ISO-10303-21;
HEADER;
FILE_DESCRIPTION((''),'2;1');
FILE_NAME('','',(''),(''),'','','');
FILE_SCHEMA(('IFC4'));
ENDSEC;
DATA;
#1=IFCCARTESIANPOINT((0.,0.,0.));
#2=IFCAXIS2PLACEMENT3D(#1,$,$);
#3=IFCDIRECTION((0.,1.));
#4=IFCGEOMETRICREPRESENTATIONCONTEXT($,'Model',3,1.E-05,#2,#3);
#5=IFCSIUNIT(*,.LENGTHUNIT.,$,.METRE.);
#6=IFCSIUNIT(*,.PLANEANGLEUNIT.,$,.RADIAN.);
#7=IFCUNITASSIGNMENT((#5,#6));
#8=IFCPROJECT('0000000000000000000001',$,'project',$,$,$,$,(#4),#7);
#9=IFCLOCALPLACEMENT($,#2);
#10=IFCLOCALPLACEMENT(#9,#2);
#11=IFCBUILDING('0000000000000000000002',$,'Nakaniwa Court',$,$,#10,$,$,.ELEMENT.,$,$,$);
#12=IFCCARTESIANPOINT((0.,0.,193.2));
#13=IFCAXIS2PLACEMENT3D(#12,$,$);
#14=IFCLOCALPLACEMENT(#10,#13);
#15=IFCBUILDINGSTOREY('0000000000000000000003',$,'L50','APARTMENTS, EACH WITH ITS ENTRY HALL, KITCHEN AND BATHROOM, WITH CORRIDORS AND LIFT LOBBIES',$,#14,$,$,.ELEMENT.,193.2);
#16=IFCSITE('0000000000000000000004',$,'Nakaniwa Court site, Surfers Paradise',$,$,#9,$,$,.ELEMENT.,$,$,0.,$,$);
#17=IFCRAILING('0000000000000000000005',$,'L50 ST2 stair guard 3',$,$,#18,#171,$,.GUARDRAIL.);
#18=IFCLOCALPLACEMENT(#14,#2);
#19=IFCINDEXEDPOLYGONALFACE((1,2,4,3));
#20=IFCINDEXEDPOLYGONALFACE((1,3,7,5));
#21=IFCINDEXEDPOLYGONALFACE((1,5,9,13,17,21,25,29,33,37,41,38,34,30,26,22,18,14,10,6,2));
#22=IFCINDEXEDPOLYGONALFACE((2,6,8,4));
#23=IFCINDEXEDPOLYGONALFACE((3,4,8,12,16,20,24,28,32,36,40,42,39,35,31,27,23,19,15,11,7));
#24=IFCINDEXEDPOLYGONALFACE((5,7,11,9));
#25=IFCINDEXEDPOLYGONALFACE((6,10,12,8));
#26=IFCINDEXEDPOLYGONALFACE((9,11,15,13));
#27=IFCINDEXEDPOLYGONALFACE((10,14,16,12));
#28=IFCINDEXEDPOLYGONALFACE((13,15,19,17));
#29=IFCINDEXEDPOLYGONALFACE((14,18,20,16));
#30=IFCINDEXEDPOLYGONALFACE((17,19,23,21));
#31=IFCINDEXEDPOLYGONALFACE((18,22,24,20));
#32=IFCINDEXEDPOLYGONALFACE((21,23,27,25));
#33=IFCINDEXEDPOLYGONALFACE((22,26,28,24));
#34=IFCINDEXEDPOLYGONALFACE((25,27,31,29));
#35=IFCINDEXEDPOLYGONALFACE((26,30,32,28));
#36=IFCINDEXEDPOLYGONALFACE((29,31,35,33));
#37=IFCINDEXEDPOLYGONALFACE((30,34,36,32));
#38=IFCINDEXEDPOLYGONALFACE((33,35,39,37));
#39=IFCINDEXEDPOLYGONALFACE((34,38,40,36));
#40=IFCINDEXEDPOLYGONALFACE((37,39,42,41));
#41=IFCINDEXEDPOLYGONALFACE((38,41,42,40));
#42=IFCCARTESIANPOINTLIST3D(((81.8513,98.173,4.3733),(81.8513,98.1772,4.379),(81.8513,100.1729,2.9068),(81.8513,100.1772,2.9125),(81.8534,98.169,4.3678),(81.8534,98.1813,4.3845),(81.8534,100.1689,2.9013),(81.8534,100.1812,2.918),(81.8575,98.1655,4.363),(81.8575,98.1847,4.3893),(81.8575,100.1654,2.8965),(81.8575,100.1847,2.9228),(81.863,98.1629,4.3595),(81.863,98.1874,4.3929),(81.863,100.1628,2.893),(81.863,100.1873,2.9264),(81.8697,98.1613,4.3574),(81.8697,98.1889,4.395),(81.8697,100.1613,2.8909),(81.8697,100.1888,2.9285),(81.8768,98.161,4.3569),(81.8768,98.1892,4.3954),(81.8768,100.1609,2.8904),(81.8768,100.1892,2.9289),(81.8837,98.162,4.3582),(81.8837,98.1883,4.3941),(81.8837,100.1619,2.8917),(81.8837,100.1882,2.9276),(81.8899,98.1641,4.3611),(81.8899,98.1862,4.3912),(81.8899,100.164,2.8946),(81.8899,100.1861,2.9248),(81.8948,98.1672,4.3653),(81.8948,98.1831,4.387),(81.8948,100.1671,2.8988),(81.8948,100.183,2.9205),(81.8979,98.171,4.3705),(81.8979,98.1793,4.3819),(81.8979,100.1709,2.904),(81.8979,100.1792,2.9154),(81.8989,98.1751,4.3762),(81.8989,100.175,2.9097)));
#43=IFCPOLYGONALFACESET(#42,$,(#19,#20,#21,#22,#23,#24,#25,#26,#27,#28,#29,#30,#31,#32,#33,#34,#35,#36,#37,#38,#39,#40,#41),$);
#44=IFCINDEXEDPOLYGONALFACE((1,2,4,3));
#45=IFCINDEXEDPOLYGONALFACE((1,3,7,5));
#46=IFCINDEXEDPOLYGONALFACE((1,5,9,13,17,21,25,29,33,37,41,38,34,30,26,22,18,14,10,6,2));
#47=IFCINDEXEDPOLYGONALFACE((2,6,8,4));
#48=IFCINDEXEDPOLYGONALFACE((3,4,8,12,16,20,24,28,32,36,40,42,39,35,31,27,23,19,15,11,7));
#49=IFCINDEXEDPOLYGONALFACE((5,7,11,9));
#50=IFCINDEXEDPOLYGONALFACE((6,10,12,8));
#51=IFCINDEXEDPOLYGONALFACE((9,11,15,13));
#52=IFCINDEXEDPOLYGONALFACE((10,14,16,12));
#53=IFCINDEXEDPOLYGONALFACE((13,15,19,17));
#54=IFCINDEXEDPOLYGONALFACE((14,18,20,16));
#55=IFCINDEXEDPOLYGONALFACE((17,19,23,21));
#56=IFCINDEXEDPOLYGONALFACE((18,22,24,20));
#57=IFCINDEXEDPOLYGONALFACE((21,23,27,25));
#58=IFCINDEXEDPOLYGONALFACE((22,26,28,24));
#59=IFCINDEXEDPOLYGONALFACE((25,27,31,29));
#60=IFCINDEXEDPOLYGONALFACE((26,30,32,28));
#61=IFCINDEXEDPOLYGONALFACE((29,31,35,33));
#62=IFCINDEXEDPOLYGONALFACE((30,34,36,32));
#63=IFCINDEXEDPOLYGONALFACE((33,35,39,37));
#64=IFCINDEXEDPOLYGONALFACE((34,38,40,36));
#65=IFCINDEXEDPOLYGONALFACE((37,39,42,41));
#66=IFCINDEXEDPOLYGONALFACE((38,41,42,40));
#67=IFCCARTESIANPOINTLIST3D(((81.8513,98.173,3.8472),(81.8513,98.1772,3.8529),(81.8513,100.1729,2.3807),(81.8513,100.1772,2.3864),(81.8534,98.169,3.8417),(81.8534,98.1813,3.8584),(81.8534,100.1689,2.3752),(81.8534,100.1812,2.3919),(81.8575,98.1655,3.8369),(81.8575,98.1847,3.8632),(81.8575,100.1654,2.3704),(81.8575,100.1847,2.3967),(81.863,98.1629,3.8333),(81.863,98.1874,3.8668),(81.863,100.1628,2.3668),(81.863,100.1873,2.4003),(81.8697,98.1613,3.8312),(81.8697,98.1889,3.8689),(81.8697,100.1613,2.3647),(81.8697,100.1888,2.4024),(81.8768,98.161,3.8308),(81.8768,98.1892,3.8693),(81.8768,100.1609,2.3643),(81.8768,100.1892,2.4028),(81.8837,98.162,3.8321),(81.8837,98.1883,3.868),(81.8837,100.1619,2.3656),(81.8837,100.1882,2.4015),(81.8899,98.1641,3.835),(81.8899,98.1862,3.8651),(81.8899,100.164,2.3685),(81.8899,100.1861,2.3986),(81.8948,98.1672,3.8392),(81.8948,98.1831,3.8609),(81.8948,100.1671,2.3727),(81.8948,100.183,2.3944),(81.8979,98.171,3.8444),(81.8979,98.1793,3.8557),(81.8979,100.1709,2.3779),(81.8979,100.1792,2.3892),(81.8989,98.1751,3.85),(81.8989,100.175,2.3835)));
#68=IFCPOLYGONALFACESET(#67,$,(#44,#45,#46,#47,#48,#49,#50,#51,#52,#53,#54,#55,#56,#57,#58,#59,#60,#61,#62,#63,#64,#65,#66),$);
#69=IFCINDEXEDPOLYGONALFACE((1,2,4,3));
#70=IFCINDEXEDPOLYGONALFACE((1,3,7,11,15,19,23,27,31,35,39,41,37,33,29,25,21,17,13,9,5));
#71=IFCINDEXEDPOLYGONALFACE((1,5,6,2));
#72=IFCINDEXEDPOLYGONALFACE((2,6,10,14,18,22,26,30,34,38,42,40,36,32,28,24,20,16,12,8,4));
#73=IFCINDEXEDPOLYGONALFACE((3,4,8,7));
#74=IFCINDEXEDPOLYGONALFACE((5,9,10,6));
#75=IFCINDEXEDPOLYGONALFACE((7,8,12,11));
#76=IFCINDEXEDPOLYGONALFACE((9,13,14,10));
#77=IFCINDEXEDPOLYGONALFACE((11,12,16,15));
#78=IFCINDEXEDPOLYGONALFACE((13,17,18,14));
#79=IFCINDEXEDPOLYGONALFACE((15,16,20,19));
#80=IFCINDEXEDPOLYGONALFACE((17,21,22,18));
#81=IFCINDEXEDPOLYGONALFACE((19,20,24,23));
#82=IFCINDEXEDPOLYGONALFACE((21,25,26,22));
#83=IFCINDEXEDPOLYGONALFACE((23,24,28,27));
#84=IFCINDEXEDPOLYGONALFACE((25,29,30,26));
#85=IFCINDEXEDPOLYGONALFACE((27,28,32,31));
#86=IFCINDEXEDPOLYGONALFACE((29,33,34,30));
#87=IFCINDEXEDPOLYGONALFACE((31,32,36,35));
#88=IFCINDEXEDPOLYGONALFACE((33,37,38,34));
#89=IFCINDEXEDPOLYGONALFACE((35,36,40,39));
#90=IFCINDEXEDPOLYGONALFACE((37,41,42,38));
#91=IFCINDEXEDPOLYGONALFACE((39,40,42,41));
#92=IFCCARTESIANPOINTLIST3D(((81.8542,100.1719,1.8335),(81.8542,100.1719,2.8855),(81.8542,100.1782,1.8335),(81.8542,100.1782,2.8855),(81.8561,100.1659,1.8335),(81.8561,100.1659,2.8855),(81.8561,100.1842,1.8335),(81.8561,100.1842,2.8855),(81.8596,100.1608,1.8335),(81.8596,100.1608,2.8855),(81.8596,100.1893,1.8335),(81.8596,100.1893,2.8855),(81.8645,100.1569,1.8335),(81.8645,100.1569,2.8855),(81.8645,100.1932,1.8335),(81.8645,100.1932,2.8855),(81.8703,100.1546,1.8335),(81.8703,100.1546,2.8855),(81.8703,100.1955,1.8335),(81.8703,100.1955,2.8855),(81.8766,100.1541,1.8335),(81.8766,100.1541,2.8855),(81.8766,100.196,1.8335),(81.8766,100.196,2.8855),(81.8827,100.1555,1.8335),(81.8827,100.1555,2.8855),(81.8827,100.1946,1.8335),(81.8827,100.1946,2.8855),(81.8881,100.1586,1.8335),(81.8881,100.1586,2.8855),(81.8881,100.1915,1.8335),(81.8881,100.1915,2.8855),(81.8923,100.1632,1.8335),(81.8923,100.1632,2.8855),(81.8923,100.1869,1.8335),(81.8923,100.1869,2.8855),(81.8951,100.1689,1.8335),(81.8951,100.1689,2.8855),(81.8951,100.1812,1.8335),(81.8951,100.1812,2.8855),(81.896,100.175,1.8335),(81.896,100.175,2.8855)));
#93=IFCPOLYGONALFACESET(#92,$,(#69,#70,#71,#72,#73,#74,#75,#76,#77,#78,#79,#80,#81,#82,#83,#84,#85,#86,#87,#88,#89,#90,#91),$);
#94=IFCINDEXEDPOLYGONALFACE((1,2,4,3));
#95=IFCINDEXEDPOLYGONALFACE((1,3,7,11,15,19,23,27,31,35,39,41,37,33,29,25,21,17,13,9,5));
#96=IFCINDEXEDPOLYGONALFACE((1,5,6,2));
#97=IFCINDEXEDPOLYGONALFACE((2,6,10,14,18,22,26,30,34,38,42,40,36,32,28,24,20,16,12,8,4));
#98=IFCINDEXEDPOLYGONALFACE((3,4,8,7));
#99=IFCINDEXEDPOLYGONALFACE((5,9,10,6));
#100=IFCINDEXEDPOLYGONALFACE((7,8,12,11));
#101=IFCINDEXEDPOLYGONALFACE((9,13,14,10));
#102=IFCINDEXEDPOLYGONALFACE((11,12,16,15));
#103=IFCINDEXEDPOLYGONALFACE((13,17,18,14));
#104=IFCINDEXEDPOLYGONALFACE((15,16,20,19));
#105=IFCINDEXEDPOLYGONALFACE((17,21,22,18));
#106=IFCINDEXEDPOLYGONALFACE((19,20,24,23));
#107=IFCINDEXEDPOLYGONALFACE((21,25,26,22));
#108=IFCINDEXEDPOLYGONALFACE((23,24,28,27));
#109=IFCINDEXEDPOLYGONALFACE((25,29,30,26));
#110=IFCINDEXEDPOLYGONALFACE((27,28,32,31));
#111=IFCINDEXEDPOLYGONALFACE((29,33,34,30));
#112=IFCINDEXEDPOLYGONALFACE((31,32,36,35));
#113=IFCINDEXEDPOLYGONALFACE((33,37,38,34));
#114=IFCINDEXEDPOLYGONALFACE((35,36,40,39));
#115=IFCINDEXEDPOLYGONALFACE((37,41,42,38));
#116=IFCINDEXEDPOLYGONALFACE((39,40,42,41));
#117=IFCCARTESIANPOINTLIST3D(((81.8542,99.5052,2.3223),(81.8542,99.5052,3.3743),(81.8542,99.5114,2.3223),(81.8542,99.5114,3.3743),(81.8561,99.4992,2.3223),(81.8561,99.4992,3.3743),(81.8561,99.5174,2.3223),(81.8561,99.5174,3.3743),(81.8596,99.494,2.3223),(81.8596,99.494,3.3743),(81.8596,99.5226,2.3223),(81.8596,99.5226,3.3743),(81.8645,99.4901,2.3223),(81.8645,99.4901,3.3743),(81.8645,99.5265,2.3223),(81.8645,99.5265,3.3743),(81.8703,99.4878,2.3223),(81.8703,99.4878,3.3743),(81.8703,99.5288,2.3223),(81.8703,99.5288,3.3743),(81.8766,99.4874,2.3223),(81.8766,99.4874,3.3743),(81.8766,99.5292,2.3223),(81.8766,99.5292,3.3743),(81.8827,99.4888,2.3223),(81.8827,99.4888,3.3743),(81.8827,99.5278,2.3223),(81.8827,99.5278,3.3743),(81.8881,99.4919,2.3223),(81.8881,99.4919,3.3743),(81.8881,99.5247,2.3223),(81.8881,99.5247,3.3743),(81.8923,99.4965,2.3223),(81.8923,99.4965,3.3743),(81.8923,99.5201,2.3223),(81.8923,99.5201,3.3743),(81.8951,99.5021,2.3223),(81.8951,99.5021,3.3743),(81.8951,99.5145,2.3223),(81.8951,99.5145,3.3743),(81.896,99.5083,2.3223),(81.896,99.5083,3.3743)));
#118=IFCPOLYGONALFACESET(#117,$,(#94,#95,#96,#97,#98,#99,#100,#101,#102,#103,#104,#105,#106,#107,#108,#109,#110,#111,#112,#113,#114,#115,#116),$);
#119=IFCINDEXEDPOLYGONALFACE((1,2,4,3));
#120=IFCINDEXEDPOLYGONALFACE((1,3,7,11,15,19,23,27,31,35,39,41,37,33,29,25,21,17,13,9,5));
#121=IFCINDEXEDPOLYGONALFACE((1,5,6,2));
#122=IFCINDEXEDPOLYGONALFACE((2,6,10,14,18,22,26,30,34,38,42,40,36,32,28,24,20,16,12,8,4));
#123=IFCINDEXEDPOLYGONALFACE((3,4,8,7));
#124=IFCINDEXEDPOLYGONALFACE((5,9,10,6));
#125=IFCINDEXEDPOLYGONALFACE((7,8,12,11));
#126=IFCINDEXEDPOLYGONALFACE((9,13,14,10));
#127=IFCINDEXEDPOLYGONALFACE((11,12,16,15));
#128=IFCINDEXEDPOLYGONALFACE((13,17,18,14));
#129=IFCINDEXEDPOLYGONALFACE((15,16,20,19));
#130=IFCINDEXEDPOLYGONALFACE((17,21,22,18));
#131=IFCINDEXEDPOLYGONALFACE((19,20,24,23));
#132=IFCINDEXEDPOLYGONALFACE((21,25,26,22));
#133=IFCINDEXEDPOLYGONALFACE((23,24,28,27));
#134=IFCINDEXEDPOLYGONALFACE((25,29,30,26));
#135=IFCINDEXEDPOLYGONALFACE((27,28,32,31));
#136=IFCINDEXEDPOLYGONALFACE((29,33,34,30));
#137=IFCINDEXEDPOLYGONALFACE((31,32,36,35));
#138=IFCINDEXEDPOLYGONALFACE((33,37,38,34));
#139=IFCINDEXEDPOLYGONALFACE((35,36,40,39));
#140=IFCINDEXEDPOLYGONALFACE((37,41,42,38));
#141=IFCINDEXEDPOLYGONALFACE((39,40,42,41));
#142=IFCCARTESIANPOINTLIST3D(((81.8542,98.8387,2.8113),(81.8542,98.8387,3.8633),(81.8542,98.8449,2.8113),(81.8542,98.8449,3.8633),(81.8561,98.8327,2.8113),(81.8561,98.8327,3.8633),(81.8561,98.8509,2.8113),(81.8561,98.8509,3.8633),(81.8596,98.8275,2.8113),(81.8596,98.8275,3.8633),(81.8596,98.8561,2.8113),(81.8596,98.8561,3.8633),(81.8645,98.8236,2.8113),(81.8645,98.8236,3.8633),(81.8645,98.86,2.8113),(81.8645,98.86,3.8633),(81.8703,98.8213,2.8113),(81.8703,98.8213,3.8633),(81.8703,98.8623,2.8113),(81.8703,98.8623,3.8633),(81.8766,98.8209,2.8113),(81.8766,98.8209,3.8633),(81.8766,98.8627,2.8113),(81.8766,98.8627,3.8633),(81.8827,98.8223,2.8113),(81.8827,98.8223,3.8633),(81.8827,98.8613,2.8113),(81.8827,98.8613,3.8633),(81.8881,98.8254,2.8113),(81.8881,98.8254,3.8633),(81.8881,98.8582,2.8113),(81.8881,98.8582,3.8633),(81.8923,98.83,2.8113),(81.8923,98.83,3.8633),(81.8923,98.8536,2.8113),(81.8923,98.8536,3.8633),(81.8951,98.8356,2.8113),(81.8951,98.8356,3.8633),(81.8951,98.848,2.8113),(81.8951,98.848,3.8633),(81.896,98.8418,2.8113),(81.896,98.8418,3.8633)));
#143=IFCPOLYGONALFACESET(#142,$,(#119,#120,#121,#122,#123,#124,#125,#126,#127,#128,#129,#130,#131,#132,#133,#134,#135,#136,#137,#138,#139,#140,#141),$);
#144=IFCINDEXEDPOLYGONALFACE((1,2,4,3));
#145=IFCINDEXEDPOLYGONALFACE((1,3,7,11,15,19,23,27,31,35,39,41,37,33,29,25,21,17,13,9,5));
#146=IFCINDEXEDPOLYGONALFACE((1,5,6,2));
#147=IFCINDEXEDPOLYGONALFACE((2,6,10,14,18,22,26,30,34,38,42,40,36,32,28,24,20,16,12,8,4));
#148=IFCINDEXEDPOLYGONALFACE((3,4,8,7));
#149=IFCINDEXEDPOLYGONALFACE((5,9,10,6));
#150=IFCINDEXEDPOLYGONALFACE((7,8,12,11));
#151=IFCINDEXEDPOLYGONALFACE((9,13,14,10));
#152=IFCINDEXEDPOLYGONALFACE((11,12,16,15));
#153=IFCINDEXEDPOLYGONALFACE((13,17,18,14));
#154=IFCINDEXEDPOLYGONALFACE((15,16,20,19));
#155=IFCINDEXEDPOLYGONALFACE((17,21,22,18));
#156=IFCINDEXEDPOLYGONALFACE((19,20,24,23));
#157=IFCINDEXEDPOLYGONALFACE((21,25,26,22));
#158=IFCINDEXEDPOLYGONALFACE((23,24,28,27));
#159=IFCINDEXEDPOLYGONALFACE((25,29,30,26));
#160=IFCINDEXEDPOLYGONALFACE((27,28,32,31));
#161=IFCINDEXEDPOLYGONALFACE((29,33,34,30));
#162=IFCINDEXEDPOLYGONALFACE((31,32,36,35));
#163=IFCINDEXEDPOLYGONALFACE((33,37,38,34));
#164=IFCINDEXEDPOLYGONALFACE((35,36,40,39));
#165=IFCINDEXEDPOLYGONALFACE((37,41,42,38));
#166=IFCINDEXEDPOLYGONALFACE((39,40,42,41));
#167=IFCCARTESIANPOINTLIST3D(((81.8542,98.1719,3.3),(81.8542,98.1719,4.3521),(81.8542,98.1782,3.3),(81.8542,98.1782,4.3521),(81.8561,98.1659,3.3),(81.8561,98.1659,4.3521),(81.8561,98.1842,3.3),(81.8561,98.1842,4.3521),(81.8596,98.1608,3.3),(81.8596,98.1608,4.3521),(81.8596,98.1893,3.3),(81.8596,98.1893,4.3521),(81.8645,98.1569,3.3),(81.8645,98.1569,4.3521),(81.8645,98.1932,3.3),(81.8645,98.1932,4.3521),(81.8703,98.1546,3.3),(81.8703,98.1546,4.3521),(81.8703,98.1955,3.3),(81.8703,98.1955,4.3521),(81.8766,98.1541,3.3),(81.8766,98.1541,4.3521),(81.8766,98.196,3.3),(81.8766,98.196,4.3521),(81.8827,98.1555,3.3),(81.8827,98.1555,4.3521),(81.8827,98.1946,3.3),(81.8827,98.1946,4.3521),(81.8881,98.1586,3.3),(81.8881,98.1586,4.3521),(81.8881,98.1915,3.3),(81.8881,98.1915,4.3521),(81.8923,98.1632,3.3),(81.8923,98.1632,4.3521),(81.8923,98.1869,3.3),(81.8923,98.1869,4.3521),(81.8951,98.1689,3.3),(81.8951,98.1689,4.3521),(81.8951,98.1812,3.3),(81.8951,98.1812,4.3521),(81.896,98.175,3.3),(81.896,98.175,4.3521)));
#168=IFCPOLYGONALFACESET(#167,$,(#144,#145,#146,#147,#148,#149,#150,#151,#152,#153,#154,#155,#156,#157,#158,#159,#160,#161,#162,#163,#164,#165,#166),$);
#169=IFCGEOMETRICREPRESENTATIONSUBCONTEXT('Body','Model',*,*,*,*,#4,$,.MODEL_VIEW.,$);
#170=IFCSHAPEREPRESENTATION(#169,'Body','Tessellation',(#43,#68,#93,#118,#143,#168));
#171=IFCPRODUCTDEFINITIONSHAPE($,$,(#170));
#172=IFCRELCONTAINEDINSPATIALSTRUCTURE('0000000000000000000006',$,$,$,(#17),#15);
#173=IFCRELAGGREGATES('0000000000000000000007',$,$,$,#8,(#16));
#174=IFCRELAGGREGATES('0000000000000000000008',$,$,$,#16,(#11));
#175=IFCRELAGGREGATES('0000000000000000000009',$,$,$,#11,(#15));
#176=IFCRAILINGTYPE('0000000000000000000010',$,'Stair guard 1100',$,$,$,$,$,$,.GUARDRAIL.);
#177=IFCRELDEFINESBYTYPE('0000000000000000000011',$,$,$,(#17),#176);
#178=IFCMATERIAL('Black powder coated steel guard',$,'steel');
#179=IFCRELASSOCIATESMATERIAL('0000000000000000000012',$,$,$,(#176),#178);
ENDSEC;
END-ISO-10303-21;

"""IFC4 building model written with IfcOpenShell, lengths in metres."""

from ifc_helpers import new_model, si_unit, direction, frame, origin, origin_2d, place, context, subcontext, project, spatial, circle, extrude, material, type_object, element, save


model = new_model("IFC4")

# Units and contexts
model_context = context("Model", 3, precision=1e-05, world=origin(), true_north=direction((0.0, 1.0)))
body_context = subcontext(model_context, "Body", "Model", "MODEL_VIEW")
ifc_project = project(units=[si_unit("LENGTHUNIT", "METRE"), si_unit("PLANEANGLEUNIT", "RADIAN")], contexts=[model_context])

# Site, building, storey
site_placement = place(None, origin())
site = spatial("IfcSite", under=ifc_project, at=site_placement, Name="Nakaniwa Court site, Surfers Paradise", CompositionType="ELEMENT", RefElevation=0.0)
building_placement = place(site_placement, origin())
building = spatial("IfcBuilding", under=site, at=building_placement, Name="Nakaniwa Court", CompositionType="ELEMENT")
storey_placement = place(building_placement, frame((0.0, 0.0, 193.2)))
storey = spatial("IfcBuildingStorey", under=building, at=storey_placement, Name="L50", Description="APARTMENTS, EACH WITH ITS ENTRY HALL, KITCHEN AND BATHROOM, WITH CORRIDORS AND LIFT LOBBIES", CompositionType="ELEMENT", Elevation=193.2)

# Railing
ifc_material_1 = material(Name="Black powder coated steel guard", Category="steel")
railing_type_1 = type_object("IfcRailingType", Name="Stair guard 1100", PredefinedType="GUARDRAIL", material=ifc_material_1)
railing_1_placement = place(storey_placement, frame((81.875, 100.175, 1.8335)))
element("IfcRailing", 1, at=railing_1_placement, inside=storey, type_object=railing_type_1, Name="L50 ST2 stair guard 3", PredefinedType="GUARDRAIL", context=body_context, shape_type="SweptSolid", body=[
    extrude(circle(Radius=0.0239, at=origin_2d()), frame((0.0, 0.0, 1.0762), z_axis=(0.0, -0.806427, 0.591334), x_axis=(1.0, 0.0, 0.0)), (0.0, 0.0, 1.0), 2.48),
    extrude(circle(Radius=0.0239, at=origin_2d()), frame((0.0, 0.0, 0.55), z_axis=(0.0, -0.806427, 0.591334), x_axis=(1.0, 0.0, 0.0)), (0.0, 0.0, 1.0), 2.48),
    extrude(circle(Radius=0.021, at=origin_2d()), origin(), (0.0, 0.0, 1.0), 1.052),
    extrude(circle(Radius=0.021, at=origin_2d()), frame((0.0, -0.6667, 0.4888)), (0.0, 0.0, 1.0), 1.052),
    extrude(circle(Radius=0.021, at=origin_2d()), frame((0.0, -1.3333, 0.9778)), (0.0, 0.0, 1.0), 1.052),
    extrude(circle(Radius=0.021, at=origin_2d()), frame((0.0, -2.0, 1.4666)), (0.0, 0.0, 1.0), 1.052),
])

save(model, "model.ifc")
